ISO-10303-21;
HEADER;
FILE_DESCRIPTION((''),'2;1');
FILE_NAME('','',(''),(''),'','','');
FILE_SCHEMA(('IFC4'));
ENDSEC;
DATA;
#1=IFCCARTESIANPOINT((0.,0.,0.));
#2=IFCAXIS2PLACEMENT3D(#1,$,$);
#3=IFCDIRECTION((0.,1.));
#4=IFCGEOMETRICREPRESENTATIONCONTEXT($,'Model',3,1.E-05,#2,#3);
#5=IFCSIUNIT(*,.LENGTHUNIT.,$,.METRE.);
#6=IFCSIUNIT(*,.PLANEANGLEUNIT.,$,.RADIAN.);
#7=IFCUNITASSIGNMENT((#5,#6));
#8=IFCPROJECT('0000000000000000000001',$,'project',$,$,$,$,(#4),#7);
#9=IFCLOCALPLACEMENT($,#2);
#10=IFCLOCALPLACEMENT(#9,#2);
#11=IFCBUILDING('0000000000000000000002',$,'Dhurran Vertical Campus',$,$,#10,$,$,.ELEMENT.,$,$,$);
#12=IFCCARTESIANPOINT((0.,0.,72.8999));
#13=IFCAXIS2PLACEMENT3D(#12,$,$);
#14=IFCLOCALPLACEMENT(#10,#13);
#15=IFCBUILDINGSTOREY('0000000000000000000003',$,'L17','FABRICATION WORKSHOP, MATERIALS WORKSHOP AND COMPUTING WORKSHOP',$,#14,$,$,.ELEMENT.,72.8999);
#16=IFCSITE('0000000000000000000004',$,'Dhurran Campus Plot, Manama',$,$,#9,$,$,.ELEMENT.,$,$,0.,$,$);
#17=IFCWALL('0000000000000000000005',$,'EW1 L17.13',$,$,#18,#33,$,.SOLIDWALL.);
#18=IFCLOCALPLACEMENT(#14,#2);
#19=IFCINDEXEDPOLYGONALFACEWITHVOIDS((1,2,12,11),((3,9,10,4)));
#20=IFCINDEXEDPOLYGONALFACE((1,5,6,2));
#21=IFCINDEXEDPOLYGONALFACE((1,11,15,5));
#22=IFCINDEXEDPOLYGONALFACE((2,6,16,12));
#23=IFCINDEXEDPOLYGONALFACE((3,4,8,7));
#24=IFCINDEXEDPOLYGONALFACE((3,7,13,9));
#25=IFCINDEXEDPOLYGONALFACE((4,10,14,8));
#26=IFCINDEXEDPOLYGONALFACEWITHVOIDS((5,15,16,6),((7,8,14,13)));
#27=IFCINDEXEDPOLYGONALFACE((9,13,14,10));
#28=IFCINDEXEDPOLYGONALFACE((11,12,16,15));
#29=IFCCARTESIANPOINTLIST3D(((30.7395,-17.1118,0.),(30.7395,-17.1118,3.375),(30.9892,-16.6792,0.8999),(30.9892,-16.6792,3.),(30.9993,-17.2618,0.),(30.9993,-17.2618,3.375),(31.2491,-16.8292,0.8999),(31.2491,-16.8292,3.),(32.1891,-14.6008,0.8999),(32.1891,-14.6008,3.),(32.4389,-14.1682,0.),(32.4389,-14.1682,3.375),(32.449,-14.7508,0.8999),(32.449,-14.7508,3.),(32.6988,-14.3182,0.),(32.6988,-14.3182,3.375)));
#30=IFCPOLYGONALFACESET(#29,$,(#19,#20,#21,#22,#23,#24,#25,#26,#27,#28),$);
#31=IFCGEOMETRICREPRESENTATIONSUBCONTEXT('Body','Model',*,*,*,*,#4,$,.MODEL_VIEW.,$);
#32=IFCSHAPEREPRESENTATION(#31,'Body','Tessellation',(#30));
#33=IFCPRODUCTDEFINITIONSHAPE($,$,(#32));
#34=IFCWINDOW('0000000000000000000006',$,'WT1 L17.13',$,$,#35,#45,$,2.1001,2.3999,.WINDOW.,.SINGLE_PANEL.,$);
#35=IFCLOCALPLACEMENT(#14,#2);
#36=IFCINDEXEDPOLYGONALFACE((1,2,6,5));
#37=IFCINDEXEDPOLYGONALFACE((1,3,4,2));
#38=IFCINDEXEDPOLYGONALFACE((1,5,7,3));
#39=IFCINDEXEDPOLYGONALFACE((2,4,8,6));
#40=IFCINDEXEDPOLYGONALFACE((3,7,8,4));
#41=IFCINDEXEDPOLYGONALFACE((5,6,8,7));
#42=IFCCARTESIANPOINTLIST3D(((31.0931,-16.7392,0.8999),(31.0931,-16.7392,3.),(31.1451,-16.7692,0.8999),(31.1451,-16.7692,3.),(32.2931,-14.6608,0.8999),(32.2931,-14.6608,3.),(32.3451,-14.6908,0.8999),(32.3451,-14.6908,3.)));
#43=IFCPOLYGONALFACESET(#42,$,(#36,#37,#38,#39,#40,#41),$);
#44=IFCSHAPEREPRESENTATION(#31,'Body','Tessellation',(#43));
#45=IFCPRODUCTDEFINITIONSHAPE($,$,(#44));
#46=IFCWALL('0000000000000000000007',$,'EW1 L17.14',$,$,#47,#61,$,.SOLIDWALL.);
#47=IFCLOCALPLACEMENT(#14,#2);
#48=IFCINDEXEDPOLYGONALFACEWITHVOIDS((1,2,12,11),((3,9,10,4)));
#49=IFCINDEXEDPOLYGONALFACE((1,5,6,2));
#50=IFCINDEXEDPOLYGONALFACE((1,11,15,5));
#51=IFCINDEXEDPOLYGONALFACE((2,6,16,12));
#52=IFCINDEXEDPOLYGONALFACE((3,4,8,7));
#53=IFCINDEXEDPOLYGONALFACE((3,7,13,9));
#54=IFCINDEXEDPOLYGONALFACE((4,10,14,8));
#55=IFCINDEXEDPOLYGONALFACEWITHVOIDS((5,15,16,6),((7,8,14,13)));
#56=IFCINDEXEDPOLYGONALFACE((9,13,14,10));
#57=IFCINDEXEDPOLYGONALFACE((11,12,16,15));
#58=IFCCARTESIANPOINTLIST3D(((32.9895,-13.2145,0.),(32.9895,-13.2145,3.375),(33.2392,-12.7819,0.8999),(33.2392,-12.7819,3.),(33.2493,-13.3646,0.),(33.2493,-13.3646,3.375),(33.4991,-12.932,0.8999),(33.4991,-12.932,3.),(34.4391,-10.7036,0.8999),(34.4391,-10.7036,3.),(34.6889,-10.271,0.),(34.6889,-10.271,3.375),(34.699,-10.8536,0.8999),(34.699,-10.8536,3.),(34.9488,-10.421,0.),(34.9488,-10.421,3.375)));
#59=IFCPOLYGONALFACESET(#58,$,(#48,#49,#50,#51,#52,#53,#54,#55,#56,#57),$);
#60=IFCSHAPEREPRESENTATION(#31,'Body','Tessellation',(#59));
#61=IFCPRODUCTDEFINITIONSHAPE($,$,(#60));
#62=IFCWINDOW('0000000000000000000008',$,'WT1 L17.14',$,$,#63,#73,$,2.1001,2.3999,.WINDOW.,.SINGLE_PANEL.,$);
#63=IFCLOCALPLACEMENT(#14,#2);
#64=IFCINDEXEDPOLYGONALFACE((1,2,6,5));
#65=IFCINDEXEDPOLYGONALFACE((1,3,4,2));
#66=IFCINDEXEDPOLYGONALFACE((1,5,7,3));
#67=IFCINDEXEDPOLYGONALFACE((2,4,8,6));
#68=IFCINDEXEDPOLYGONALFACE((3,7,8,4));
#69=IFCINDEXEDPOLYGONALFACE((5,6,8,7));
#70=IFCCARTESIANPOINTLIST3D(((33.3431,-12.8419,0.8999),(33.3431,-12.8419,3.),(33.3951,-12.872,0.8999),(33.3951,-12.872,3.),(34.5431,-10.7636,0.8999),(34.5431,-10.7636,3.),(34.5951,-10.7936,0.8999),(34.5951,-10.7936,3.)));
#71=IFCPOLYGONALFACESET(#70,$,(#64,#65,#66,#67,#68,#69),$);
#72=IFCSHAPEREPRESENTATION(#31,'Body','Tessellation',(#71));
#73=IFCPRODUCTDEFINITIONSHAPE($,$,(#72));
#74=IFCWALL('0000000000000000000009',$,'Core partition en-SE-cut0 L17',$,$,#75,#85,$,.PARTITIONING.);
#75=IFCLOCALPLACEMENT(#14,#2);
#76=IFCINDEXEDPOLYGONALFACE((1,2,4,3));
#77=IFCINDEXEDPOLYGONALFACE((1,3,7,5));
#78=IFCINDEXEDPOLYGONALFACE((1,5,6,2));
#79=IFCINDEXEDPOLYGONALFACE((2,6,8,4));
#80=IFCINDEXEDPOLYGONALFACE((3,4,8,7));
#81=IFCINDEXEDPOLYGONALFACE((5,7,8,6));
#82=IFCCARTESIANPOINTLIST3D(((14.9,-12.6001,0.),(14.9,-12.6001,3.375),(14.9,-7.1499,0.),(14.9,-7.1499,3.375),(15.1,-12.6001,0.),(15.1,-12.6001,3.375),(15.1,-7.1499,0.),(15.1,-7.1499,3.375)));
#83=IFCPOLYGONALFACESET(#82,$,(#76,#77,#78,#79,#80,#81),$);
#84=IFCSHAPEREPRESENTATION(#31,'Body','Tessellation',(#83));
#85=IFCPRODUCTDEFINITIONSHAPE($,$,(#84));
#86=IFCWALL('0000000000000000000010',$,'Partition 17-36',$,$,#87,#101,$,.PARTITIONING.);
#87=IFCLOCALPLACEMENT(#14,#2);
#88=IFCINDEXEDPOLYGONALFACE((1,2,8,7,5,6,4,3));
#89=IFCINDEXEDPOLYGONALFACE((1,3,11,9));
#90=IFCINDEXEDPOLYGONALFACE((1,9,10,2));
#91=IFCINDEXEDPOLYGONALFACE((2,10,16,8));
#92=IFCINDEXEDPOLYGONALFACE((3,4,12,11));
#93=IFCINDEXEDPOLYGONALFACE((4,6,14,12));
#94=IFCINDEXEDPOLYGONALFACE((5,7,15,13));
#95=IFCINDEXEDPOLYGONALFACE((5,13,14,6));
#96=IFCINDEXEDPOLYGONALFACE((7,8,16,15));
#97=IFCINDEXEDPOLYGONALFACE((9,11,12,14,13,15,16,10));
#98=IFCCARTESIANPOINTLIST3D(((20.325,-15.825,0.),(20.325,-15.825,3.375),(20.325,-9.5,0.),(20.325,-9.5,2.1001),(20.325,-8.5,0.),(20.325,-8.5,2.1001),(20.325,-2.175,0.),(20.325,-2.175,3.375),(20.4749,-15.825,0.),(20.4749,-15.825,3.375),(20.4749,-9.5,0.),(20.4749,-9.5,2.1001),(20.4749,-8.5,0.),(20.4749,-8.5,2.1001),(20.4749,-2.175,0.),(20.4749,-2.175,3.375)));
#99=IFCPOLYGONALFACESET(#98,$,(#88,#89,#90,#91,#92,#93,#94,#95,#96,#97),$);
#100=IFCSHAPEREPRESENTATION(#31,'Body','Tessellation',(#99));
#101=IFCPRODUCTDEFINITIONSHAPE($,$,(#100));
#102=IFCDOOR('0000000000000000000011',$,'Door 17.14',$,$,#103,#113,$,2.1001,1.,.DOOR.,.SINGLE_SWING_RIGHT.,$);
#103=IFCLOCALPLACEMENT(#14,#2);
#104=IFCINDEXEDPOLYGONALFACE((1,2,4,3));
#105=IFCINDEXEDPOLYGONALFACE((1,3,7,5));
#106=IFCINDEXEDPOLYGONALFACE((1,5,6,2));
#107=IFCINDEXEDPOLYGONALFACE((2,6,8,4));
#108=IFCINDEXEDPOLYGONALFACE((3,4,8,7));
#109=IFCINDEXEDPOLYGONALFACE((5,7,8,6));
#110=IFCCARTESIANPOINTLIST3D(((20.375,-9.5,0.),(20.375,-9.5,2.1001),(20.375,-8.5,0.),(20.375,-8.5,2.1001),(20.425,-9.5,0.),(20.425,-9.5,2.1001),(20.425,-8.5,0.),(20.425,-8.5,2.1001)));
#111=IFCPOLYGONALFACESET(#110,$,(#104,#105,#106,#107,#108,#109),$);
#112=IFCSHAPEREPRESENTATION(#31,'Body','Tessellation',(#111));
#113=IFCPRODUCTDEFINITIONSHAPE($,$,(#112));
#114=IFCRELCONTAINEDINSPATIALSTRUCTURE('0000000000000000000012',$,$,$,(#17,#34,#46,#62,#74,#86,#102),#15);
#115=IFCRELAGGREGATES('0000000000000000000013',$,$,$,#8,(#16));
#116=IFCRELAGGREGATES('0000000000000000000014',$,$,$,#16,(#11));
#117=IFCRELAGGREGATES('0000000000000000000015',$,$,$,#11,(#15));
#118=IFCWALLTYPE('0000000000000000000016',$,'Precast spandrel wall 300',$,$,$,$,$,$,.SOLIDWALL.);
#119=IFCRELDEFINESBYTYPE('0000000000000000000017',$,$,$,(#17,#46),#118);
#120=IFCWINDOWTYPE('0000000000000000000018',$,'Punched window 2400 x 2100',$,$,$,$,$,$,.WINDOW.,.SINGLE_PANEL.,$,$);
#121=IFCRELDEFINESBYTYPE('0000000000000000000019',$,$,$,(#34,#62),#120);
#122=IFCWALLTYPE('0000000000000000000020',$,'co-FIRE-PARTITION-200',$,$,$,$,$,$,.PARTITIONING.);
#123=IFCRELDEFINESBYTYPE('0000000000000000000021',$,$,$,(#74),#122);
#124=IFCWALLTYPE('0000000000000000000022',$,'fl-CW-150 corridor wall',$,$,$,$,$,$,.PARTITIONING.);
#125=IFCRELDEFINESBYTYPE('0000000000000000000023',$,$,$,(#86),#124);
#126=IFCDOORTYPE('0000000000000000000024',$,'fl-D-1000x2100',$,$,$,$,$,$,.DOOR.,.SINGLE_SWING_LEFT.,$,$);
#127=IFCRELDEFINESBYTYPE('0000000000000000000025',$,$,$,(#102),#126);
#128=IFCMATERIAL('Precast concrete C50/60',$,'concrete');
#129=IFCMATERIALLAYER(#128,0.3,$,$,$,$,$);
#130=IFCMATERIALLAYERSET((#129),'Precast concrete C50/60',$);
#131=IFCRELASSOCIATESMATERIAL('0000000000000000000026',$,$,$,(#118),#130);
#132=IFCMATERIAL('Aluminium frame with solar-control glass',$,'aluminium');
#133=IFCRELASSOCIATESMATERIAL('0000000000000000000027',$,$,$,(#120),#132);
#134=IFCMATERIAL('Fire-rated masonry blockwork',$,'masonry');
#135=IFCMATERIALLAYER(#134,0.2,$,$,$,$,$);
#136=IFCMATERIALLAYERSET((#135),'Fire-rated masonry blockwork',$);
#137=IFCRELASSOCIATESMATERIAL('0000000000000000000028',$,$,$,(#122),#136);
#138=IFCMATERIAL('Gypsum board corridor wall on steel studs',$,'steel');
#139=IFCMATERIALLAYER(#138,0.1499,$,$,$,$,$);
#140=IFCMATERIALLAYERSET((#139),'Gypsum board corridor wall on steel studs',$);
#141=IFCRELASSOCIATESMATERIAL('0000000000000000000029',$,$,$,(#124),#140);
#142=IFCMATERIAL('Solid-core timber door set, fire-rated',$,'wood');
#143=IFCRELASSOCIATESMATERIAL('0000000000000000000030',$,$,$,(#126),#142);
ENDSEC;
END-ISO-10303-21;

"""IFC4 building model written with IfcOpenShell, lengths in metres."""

from ifc_helpers import new_model, si_unit, direction, frame, frame_2d, origin, place, context, subcontext, project, spatial, rectangle, extrude, material, layer, layer_set, type_object, element, fill, save


model = new_model("IFC4")

# Units and contexts
model_context = context("Model", 3, precision=1e-05, world=origin(), true_north=direction((0.0, 1.0)))
body_context = subcontext(model_context, "Body", "Model", "MODEL_VIEW")
ifc_project = project(units=[si_unit("LENGTHUNIT", "METRE"), si_unit("PLANEANGLEUNIT", "RADIAN")], contexts=[model_context])

# Site, building, storey
site_placement = place(None, origin())
site = spatial("IfcSite", under=ifc_project, at=site_placement, Name="Dhurran Campus Plot, Manama", CompositionType="ELEMENT", RefElevation=0.0)
building_placement = place(site_placement, origin())
building = spatial("IfcBuilding", under=site, at=building_placement, Name="Dhurran Vertical Campus", CompositionType="ELEMENT")
storey_placement = place(building_placement, frame((0.0, 0.0, 72.8999)))
storey = spatial("IfcBuildingStorey", under=building, at=storey_placement, Name="L17", Description="FABRICATION WORKSHOP, MATERIALS WORKSHOP AND COMPUTING WORKSHOP", CompositionType="ELEMENT", Elevation=72.8999)

# Walls, openings, windows
ifc_material_1 = material(Name="Precast concrete C50/60", Category="concrete")
ifc_layer_1 = layer(ifc_material_1, 0.3)
ifc_layer_set_1 = layer_set([ifc_layer_1], Name="Precast concrete C50/60")
wall_type_1 = type_object("IfcWallType", Name="Precast spandrel wall 300", PredefinedType="SOLIDWALL", material=ifc_layer_set_1)
ifc_material_2 = material(Name="Aluminium frame with solar-control glass", Category="aluminium")
window_type = type_object("IfcWindowType", Name="Punched window 2400 x 2100", PartitioningType="SINGLE_PANEL", PredefinedType="WINDOW", material=ifc_material_2)
wall_1_placement = place(storey_placement, frame((30.8694, -17.1868, 0.0), z_axis=(0.0, 0.0, 1.0), x_axis=(0.499994, 0.866029, 0.0)))
wall_1 = element("IfcWall", 1, at=wall_1_placement, inside=storey, type_object=wall_type_1, Name="EW1 L17.13", PredefinedType="SOLIDWALL", context=body_context, shape_type="SweptSolid", body=[
    extrude(rectangle(XDim=3.3989, YDim=0.3, at=frame_2d((1.6995, 0.0))), origin(), (0.0, 0.0, 1.0), 3.375),
])
opening_1_placement = place(wall_1_placement, frame((0.4995, 0.0, 0.8999)))
opening_1 = element("IfcOpeningElement", 2, at=opening_1_placement, cuts=wall_1, PredefinedType="OPENING", context=body_context, shape_type="SweptSolid", body=[
    extrude(rectangle(XDim=2.3999, YDim=2.1001, at=frame_2d((1.2, 1.05))), frame((0.0, 0.1599, 0.0), z_axis=(0.0, -1.0, 0.0), x_axis=(1.0, 0.0, 0.0)), (0.0, 0.0, 1.0), 0.3201),
])
window_1_placement = place(opening_1_placement, origin())
window_1 = element("IfcWindow", 3, at=window_1_placement, inside=storey, type_object=window_type, Name="WT1 L17.13", OverallHeight=2.1001, OverallWidth=2.3999, PartitioningType="SINGLE_PANEL", PredefinedType="WINDOW", context=body_context, shape_type="SweptSolid", body=[
    extrude(rectangle(XDim=2.3999, YDim=2.1001, at=frame_2d((1.2, 1.05))), frame((0.0, 0.03, 0.0), z_axis=(0.0, -1.0, 0.0), x_axis=(1.0, 0.0, 0.0)), (0.0, 0.0, 1.0), 0.0601),
])
fill(opening_1, window_1)
wall_2_placement = place(storey_placement, frame((33.1194, -13.2896, 0.0), z_axis=(0.0, 0.0, 1.0), x_axis=(0.499994, 0.866029, 0.0)))
wall_2 = element("IfcWall", 4, at=wall_2_placement, inside=storey, type_object=wall_type_1, Name="EW1 L17.14", PredefinedType="SOLIDWALL", context=body_context, shape_type="SweptSolid", body=[
    extrude(rectangle(XDim=3.3989, YDim=0.3, at=frame_2d((1.6995, 0.0))), origin(), (0.0, 0.0, 1.0), 3.375),
])
opening_2_placement = place(wall_2_placement, frame((0.4995, 0.0, 0.8999)))
opening_2 = element("IfcOpeningElement", 5, at=opening_2_placement, cuts=wall_2, PredefinedType="OPENING", context=body_context, shape_type="SweptSolid", body=[
    extrude(rectangle(XDim=2.3999, YDim=2.1001, at=frame_2d((1.2, 1.05))), frame((0.0, 0.1599, 0.0), z_axis=(0.0, -1.0, 0.0), x_axis=(1.0, 0.0, 0.0)), (0.0, 0.0, 1.0), 0.3201),
])
window_2_placement = place(opening_2_placement, origin())
window_2 = element("IfcWindow", 6, at=window_2_placement, inside=storey, type_object=window_type, Name="WT1 L17.14", OverallHeight=2.1001, OverallWidth=2.3999, PartitioningType="SINGLE_PANEL", PredefinedType="WINDOW", context=body_context, shape_type="SweptSolid", body=[
    extrude(rectangle(XDim=2.3999, YDim=2.1001, at=frame_2d((1.2, 1.05))), frame((0.0, 0.03, 0.0), z_axis=(0.0, -1.0, 0.0), x_axis=(1.0, 0.0, 0.0)), (0.0, 0.0, 1.0), 0.0601),
])
fill(opening_2, window_2)

# Wall
ifc_material_3 = material(Name="Fire-rated masonry blockwork", Category="masonry")
ifc_layer_2 = layer(ifc_material_3, 0.2)
ifc_layer_set_2 = layer_set([ifc_layer_2], Name="Fire-rated masonry blockwork")
wall_type_2 = type_object("IfcWallType", Name="co-FIRE-PARTITION-200", PredefinedType="PARTITIONING", material=ifc_layer_set_2)
wall_3_placement = place(storey_placement, frame((15.0, -12.6001, 0.0), z_axis=(0.0, 0.0, 1.0), x_axis=(0.0, 1.0, 0.0)))
element("IfcWall", 7, at=wall_3_placement, inside=storey, type_object=wall_type_2, Name="Core partition en-SE-cut0 L17", PredefinedType="PARTITIONING", context=body_context, shape_type="SweptSolid", body=[
    extrude(rectangle(XDim=5.4502, YDim=0.2, at=frame_2d((2.7251, 0.0))), origin(), (0.0, 0.0, 1.0), 3.375),
])

# Wall, opening, door
ifc_material_4 = material(Name="Gypsum board corridor wall on steel studs", Category="steel")
ifc_layer_3 = layer(ifc_material_4, 0.1499)
ifc_layer_set_3 = layer_set([ifc_layer_3], Name="Gypsum board corridor wall on steel studs")
wall_type_3 = type_object("IfcWallType", Name="fl-CW-150 corridor wall", PredefinedType="PARTITIONING", material=ifc_layer_set_3)
wall_4_placement = place(storey_placement, frame((20.3999, -15.825, 0.0), z_axis=(0.0, 0.0, 1.0), x_axis=(0.0, 1.0, 0.0)))
wall_4 = element("IfcWall", 8, at=wall_4_placement, inside=storey, type_object=wall_type_3, Name="Partition 17-36", PredefinedType="PARTITIONING", context=body_context, shape_type="SweptSolid", body=[
    extrude(rectangle(XDim=13.6499, YDim=0.1499, at=frame_2d((6.825, 0.0))), origin(), (0.0, 0.0, 1.0), 3.375),
])
opening_3_placement = place(wall_4_placement, frame((6.325, 0.0, 0.0)))
opening_3 = element("IfcOpeningElement", 9, at=opening_3_placement, cuts=wall_4, PredefinedType="OPENING", context=body_context, shape_type="SweptSolid", body=[
    extrude(rectangle(XDim=1.0, YDim=2.1001, at=frame_2d((0.5, 1.05))), frame((0.0, 0.085, 0.0), z_axis=(0.0, -1.0, 0.0), x_axis=(1.0, 0.0, 0.0)), (0.0, 0.0, 1.0), 0.1699),
])
ifc_material_5 = material(Name="Solid-core timber door set, fire-rated", Category="wood")
door_type = type_object("IfcDoorType", Name="fl-D-1000x2100", OperationType="SINGLE_SWING_LEFT", PredefinedType="DOOR", material=ifc_material_5)
door_placement = place(opening_3_placement, origin())
door = element("IfcDoor", 10, at=door_placement, inside=storey, type_object=door_type, Name="Door 17.14", OperationType="SINGLE_SWING_RIGHT", OverallHeight=2.1001, OverallWidth=1.0, PredefinedType="DOOR", context=body_context, shape_type="SweptSolid", body=[
    extrude(rectangle(XDim=1.0, YDim=2.1001, at=frame_2d((0.5, 1.05))), frame((0.0, 0.0249, 0.0), z_axis=(0.0, -1.0, 0.0), x_axis=(1.0, 0.0, 0.0)), (0.0, 0.0, 1.0), 0.05),
])
fill(opening_3, door)

save(model, "model.ifc")
